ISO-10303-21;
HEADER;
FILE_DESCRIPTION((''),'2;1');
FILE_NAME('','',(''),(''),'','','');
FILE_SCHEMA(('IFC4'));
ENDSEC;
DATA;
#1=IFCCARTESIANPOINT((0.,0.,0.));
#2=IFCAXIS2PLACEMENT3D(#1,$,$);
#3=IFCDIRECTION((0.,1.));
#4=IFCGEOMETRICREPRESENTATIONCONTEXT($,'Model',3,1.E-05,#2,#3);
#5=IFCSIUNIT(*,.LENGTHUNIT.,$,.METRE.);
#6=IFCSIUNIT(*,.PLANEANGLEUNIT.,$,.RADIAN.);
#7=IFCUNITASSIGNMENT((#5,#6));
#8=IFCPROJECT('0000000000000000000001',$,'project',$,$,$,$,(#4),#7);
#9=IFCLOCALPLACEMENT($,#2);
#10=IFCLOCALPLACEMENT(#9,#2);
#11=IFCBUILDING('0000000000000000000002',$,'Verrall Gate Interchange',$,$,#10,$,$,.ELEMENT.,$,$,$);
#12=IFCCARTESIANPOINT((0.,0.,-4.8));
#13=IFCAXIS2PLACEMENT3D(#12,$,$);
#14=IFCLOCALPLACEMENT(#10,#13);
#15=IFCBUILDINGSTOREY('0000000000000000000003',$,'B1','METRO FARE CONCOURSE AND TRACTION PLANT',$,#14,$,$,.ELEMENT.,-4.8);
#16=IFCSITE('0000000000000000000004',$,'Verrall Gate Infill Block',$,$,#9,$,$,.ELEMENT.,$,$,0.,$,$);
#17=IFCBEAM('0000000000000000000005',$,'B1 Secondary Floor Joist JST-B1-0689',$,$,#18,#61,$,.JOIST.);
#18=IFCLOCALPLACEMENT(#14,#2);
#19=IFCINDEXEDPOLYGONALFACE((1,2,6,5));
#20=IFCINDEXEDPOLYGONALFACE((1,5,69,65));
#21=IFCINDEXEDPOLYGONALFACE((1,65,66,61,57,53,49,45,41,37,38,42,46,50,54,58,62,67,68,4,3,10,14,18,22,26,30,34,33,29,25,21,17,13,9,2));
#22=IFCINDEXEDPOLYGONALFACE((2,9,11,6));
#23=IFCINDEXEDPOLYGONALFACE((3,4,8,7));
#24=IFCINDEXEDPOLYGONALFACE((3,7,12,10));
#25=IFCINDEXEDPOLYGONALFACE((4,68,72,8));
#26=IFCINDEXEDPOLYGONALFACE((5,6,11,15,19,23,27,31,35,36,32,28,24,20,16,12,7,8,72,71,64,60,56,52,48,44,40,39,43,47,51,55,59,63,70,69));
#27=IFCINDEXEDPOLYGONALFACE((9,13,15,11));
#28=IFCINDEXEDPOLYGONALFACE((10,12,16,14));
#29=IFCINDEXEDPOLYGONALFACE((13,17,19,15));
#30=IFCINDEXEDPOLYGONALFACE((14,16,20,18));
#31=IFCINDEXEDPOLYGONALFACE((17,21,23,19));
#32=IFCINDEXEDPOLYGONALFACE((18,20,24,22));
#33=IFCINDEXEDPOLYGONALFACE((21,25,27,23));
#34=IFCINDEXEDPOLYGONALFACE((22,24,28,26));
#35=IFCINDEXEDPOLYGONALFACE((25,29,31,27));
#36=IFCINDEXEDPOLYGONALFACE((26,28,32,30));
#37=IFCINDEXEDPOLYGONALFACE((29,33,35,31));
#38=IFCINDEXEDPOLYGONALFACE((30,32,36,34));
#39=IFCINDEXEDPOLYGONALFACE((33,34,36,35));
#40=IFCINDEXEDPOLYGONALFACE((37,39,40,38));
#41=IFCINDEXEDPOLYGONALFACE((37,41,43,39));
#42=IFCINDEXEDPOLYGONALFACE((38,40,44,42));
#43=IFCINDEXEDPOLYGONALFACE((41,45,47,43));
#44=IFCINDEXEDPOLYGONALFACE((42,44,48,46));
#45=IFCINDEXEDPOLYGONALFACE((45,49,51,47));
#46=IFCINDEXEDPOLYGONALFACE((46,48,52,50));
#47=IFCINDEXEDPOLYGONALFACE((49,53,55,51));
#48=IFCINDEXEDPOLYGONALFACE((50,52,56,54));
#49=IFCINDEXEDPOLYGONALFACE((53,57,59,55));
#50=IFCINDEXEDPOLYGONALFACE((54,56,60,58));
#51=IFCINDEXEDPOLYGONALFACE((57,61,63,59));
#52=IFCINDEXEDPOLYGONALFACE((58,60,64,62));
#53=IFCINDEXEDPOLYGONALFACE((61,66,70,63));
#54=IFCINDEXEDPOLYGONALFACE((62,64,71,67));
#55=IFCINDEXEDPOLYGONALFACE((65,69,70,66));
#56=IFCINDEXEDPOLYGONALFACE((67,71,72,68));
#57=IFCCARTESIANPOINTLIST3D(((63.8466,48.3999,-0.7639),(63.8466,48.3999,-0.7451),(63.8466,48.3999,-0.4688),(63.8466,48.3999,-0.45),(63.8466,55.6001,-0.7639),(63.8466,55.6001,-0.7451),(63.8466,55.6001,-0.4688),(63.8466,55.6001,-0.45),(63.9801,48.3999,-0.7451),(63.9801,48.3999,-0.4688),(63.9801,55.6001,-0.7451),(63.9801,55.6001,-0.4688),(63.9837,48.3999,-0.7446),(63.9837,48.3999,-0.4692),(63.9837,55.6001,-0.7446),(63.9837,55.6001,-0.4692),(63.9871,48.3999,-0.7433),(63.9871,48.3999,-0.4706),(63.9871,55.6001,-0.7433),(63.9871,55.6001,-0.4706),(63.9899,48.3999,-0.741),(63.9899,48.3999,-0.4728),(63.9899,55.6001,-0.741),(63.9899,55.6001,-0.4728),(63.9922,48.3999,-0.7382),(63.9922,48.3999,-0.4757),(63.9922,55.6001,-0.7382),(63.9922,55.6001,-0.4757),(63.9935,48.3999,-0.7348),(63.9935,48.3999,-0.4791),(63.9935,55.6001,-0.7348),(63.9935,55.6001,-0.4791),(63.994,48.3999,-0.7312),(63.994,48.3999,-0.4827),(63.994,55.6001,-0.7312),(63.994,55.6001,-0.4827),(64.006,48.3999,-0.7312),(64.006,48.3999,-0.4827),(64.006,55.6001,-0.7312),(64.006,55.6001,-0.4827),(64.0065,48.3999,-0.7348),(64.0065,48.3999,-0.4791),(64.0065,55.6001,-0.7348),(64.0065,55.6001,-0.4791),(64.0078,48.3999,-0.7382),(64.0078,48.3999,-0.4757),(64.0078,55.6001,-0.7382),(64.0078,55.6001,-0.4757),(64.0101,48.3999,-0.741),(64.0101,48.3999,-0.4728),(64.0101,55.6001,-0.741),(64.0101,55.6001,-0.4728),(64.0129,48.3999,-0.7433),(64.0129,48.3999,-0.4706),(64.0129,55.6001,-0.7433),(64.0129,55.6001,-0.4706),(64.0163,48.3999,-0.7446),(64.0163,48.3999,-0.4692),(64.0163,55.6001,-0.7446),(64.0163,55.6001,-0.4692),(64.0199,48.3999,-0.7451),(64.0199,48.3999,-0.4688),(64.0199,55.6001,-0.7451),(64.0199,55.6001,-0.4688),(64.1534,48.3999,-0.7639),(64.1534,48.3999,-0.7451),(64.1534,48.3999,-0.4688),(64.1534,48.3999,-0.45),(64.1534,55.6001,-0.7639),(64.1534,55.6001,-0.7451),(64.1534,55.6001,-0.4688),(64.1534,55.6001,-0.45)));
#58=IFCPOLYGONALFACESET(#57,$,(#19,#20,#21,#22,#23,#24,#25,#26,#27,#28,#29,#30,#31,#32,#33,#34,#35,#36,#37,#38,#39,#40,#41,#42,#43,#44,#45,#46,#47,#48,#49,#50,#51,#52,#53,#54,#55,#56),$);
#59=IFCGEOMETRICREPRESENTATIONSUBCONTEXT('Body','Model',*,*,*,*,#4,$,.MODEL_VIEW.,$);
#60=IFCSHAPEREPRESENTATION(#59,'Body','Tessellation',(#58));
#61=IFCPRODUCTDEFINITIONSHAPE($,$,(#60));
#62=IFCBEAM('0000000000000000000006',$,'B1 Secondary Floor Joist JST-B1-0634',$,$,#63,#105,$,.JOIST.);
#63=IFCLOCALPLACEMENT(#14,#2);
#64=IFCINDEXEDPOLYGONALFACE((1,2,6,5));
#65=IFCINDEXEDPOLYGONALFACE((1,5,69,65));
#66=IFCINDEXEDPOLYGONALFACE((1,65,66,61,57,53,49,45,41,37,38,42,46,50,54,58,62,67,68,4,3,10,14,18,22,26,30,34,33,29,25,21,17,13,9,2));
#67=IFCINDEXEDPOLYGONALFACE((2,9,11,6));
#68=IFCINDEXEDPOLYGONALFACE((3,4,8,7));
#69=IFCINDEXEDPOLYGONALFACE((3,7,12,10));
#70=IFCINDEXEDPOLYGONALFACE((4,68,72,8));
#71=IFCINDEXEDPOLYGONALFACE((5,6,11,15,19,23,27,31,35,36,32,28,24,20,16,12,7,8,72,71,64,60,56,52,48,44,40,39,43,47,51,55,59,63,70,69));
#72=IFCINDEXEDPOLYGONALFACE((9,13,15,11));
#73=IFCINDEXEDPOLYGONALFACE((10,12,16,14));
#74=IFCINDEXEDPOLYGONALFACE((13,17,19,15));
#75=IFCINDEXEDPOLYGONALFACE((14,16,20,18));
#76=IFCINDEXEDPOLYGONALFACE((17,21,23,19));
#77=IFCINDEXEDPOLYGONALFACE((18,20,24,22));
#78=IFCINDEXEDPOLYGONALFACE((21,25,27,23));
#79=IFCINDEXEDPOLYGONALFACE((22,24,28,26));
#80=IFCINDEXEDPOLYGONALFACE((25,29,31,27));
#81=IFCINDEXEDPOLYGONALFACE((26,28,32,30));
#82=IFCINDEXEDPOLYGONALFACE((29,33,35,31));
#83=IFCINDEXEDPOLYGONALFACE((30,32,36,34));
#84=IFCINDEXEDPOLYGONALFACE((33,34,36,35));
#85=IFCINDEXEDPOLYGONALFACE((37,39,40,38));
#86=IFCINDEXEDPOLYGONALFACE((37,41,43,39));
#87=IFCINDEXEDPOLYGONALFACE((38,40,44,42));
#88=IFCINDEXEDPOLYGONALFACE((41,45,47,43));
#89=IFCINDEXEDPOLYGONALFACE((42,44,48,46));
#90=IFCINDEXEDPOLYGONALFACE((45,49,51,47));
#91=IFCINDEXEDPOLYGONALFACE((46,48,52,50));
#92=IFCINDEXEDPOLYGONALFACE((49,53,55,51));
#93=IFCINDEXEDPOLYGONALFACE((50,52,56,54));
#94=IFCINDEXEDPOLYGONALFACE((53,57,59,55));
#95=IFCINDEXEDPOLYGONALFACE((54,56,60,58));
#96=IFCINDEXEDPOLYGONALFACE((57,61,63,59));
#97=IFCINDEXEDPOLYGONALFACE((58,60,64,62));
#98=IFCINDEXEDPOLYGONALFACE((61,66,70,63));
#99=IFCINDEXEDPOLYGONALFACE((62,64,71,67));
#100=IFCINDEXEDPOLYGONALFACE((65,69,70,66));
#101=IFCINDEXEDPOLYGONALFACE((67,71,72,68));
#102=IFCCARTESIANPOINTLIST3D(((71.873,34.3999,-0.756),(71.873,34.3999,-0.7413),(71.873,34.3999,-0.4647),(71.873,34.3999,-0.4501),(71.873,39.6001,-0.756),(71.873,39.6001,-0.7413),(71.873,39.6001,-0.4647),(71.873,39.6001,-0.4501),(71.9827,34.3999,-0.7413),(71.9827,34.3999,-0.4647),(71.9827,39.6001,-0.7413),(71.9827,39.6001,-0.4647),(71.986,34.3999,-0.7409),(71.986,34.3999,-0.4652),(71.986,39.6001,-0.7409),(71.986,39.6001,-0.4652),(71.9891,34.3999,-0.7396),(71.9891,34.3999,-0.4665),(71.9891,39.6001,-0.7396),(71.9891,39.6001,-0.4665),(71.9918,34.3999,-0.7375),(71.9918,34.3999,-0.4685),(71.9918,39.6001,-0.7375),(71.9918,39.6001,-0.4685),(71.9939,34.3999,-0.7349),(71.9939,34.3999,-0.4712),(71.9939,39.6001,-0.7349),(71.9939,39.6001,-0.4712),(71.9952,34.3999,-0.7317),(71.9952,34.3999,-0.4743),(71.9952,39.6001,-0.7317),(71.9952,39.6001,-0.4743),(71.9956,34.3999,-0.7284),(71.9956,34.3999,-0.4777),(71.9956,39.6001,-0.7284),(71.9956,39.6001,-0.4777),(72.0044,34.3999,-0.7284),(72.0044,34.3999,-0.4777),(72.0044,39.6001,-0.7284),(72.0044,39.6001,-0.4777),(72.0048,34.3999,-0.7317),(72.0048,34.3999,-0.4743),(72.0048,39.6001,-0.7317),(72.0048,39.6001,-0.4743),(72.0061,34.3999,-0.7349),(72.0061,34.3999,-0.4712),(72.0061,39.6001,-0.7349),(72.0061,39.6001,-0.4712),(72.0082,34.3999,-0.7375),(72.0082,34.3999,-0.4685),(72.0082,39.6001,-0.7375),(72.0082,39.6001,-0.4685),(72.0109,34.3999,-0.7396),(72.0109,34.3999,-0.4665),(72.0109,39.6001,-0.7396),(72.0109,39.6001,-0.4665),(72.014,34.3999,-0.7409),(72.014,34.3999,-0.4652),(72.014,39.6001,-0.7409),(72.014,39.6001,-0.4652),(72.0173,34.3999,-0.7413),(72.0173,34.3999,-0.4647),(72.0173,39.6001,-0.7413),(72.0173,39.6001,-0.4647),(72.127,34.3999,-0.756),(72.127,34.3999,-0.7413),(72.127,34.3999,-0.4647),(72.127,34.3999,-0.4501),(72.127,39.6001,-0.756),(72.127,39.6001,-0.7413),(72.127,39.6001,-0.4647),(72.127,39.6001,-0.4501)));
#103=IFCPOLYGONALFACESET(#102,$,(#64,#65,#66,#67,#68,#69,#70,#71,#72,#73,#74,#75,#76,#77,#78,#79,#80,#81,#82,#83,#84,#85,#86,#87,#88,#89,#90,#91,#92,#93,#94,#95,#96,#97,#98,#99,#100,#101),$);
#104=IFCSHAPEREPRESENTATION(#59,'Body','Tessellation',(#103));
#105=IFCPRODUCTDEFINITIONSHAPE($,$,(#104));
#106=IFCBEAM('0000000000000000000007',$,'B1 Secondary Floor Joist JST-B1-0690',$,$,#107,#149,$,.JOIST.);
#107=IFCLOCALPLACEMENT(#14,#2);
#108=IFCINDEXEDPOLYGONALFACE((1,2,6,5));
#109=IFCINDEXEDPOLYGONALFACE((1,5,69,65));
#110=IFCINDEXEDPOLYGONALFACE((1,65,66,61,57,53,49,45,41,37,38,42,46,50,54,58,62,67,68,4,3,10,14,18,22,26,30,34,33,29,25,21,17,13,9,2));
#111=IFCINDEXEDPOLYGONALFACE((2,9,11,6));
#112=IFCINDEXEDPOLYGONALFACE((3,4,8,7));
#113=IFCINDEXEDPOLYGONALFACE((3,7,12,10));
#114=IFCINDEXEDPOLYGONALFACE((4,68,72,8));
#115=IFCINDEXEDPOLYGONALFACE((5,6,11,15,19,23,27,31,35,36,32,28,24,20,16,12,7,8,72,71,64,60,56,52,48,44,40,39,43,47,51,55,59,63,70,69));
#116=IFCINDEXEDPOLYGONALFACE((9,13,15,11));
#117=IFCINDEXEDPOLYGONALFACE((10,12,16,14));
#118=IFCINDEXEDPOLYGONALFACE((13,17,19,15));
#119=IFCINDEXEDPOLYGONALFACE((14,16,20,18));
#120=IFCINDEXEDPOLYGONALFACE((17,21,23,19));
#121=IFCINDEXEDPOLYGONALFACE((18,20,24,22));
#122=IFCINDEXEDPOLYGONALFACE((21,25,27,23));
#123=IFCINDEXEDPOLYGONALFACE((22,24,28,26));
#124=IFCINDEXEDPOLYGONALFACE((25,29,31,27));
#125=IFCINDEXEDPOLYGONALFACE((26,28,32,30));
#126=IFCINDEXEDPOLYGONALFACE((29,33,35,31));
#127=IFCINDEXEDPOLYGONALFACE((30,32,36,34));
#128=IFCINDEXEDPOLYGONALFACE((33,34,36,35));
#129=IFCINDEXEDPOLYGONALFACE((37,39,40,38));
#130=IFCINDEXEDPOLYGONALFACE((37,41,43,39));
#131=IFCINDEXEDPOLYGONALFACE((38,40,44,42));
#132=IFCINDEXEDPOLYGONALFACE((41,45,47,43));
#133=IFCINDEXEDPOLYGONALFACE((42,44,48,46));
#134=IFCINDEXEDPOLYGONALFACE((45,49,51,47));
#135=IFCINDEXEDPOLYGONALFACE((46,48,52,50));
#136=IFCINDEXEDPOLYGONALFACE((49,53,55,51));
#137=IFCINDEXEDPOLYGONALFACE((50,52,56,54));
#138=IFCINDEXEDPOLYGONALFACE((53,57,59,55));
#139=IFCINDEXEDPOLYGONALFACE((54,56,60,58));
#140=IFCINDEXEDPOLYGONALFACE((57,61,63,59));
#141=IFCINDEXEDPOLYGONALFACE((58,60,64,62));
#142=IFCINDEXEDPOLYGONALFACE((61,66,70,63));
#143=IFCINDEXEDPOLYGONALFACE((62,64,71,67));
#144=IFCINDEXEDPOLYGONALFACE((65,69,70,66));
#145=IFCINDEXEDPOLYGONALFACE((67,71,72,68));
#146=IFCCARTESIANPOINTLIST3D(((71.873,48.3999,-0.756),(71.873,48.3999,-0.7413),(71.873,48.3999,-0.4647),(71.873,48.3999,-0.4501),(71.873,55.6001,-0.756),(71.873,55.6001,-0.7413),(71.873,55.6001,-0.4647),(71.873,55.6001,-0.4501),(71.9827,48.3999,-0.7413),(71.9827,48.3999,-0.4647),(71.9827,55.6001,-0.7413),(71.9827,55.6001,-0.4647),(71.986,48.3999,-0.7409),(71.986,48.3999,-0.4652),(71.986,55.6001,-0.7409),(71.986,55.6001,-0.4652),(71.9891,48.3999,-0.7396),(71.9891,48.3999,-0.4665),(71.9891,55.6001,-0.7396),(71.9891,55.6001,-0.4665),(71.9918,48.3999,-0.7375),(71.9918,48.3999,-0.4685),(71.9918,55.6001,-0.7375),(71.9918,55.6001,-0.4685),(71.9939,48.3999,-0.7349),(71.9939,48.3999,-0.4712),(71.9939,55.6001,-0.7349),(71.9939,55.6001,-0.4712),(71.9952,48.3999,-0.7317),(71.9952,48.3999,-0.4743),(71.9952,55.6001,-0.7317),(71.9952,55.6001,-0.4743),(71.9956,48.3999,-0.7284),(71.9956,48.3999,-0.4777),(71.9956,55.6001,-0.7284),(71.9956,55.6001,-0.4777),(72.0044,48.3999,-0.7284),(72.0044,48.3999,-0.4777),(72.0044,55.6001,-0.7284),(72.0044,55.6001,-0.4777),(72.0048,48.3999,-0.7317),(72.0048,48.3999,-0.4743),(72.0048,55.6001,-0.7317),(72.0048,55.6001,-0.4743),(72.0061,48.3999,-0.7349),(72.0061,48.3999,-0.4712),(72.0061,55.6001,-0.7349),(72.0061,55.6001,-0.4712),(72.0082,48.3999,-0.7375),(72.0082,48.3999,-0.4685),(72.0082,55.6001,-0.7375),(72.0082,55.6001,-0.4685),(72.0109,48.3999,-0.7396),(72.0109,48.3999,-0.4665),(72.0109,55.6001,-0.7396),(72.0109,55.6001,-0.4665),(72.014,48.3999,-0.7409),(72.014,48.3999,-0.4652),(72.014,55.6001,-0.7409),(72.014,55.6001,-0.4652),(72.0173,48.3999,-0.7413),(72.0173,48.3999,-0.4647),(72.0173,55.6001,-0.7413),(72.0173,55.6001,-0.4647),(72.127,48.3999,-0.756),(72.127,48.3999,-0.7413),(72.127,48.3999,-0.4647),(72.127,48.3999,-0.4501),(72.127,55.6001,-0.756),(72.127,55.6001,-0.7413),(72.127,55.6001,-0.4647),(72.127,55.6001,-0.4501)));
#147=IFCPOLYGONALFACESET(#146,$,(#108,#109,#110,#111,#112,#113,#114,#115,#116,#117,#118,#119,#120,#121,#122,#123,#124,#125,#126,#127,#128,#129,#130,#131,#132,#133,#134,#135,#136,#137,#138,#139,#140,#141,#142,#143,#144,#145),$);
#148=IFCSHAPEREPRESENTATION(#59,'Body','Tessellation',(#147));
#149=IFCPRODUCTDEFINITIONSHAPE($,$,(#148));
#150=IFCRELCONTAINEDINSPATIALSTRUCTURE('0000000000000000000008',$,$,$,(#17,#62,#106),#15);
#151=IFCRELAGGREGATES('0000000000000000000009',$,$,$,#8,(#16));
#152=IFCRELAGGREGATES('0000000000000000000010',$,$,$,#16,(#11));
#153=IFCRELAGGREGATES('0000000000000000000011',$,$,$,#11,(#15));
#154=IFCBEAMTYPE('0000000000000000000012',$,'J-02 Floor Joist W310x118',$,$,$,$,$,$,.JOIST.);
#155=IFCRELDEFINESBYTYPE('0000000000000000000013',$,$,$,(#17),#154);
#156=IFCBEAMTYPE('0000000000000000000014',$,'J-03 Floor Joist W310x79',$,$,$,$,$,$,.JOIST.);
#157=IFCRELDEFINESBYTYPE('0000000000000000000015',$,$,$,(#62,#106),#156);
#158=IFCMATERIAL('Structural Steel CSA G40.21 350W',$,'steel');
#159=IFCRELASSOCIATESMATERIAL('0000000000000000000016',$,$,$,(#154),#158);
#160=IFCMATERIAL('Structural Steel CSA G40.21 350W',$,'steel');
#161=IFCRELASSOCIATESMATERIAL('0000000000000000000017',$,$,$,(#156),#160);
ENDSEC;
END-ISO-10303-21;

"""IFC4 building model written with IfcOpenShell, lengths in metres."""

from ifc_helpers import new_model, si_unit, direction, frame, origin, origin_2d, place, context, subcontext, project, spatial, i_section, extrude, material, material_profile, profile_set, type_object, element, save


model = new_model("IFC4")

# Units and contexts
model_context = context("Model", 3, precision=1e-05, world=origin(), true_north=direction((0.0, 1.0)))
body_context = subcontext(model_context, "Body", "Model", "MODEL_VIEW")
ifc_project = project(units=[si_unit("LENGTHUNIT", "METRE"), si_unit("PLANEANGLEUNIT", "RADIAN")], contexts=[model_context])

# Site, building, storey
site_placement = place(None, origin())
site = spatial("IfcSite", under=ifc_project, at=site_placement, Name="Verrall Gate Infill Block", CompositionType="ELEMENT", RefElevation=0.0)
building_placement = place(site_placement, origin())
building = spatial("IfcBuilding", under=site, at=building_placement, Name="Verrall Gate Interchange", CompositionType="ELEMENT")
storey_placement = place(building_placement, frame((0.0, 0.0, -4.8)))
storey = spatial("IfcBuildingStorey", under=building, at=storey_placement, Name="B1", Description="METRO FARE CONCOURSE AND TRACTION PLANT", CompositionType="ELEMENT", Elevation=-4.8)

# Beams
ifc_material_1 = material(Name="Structural Steel CSA G40.21 350W", Category="steel")
ifc_material_profile_1 = material_profile(ifc_material_1, i_section(OverallWidth=0.3069, OverallDepth=0.314, WebThickness=0.012, FlangeThickness=0.0188, FilletRadius=0.0139, at=origin_2d()), Name="W310x118")
ifc_profile_set_1 = profile_set([ifc_material_profile_1], Name="Structural Steel CSA G40.21 350W")
beam_type_1 = type_object("IfcBeamType", Name="J-02 Floor Joist W310x118", PredefinedType="JOIST", material=ifc_profile_set_1)
beam_1_placement = place(storey_placement, frame((64.0, 48.3999, -0.6069), z_axis=(0.0, 1.0, 0.0), x_axis=(-1.0, 0.0, 0.0)))
element("IfcBeam", 1, at=beam_1_placement, inside=storey, type_object=beam_type_1, Name="B1 Secondary Floor Joist JST-B1-0689", PredefinedType="JOIST", context=body_context, shape_type="SweptSolid", body=[
    extrude(i_section(OverallWidth=0.3069, OverallDepth=0.314, WebThickness=0.012, FlangeThickness=0.0188, FilletRadius=0.0139, at=origin_2d()), origin(), (0.0, 0.0, 1.0), 7.2002),
])
ifc_material_2 = material(Name="Structural Steel CSA G40.21 350W", Category="steel")
ifc_material_profile_2 = material_profile(ifc_material_2, i_section(OverallWidth=0.2539, OverallDepth=0.3059, WebThickness=0.0088, FlangeThickness=0.0146, FilletRadius=0.0129, at=origin_2d()), Name="W310x79")
ifc_profile_set_2 = profile_set([ifc_material_profile_2], Name="Structural Steel CSA G40.21 350W")
beam_type_2 = type_object("IfcBeamType", Name="J-03 Floor Joist W310x79", PredefinedType="JOIST", material=ifc_profile_set_2)
beam_2_placement = place(storey_placement, frame((72.0, 34.3999, -0.603), z_axis=(0.0, 1.0, 0.0), x_axis=(-1.0, 0.0, 0.0)))
element("IfcBeam", 2, at=beam_2_placement, inside=storey, type_object=beam_type_2, Name="B1 Secondary Floor Joist JST-B1-0634", PredefinedType="JOIST", context=body_context, shape_type="SweptSolid", body=[
    extrude(i_section(OverallWidth=0.2539, OverallDepth=0.3059, WebThickness=0.0088, FlangeThickness=0.0146, FilletRadius=0.0129, at=origin_2d()), origin(), (0.0, 0.0, 1.0), 5.2002),
])
beam_3_placement = place(storey_placement, frame((72.0, 48.3999, -0.603), z_axis=(0.0, 1.0, 0.0), x_axis=(-1.0, 0.0, 0.0)))
element("IfcBeam", 3, at=beam_3_placement, inside=storey, type_object=beam_type_2, Name="B1 Secondary Floor Joist JST-B1-0690", PredefinedType="JOIST", context=body_context, shape_type="SweptSolid", body=[
    extrude(i_section(OverallWidth=0.2539, OverallDepth=0.3059, WebThickness=0.0088, FlangeThickness=0.0146, FilletRadius=0.0129, at=origin_2d()), origin(), (0.0, 0.0, 1.0), 7.2002),
])

save(model, "model.ifc")
